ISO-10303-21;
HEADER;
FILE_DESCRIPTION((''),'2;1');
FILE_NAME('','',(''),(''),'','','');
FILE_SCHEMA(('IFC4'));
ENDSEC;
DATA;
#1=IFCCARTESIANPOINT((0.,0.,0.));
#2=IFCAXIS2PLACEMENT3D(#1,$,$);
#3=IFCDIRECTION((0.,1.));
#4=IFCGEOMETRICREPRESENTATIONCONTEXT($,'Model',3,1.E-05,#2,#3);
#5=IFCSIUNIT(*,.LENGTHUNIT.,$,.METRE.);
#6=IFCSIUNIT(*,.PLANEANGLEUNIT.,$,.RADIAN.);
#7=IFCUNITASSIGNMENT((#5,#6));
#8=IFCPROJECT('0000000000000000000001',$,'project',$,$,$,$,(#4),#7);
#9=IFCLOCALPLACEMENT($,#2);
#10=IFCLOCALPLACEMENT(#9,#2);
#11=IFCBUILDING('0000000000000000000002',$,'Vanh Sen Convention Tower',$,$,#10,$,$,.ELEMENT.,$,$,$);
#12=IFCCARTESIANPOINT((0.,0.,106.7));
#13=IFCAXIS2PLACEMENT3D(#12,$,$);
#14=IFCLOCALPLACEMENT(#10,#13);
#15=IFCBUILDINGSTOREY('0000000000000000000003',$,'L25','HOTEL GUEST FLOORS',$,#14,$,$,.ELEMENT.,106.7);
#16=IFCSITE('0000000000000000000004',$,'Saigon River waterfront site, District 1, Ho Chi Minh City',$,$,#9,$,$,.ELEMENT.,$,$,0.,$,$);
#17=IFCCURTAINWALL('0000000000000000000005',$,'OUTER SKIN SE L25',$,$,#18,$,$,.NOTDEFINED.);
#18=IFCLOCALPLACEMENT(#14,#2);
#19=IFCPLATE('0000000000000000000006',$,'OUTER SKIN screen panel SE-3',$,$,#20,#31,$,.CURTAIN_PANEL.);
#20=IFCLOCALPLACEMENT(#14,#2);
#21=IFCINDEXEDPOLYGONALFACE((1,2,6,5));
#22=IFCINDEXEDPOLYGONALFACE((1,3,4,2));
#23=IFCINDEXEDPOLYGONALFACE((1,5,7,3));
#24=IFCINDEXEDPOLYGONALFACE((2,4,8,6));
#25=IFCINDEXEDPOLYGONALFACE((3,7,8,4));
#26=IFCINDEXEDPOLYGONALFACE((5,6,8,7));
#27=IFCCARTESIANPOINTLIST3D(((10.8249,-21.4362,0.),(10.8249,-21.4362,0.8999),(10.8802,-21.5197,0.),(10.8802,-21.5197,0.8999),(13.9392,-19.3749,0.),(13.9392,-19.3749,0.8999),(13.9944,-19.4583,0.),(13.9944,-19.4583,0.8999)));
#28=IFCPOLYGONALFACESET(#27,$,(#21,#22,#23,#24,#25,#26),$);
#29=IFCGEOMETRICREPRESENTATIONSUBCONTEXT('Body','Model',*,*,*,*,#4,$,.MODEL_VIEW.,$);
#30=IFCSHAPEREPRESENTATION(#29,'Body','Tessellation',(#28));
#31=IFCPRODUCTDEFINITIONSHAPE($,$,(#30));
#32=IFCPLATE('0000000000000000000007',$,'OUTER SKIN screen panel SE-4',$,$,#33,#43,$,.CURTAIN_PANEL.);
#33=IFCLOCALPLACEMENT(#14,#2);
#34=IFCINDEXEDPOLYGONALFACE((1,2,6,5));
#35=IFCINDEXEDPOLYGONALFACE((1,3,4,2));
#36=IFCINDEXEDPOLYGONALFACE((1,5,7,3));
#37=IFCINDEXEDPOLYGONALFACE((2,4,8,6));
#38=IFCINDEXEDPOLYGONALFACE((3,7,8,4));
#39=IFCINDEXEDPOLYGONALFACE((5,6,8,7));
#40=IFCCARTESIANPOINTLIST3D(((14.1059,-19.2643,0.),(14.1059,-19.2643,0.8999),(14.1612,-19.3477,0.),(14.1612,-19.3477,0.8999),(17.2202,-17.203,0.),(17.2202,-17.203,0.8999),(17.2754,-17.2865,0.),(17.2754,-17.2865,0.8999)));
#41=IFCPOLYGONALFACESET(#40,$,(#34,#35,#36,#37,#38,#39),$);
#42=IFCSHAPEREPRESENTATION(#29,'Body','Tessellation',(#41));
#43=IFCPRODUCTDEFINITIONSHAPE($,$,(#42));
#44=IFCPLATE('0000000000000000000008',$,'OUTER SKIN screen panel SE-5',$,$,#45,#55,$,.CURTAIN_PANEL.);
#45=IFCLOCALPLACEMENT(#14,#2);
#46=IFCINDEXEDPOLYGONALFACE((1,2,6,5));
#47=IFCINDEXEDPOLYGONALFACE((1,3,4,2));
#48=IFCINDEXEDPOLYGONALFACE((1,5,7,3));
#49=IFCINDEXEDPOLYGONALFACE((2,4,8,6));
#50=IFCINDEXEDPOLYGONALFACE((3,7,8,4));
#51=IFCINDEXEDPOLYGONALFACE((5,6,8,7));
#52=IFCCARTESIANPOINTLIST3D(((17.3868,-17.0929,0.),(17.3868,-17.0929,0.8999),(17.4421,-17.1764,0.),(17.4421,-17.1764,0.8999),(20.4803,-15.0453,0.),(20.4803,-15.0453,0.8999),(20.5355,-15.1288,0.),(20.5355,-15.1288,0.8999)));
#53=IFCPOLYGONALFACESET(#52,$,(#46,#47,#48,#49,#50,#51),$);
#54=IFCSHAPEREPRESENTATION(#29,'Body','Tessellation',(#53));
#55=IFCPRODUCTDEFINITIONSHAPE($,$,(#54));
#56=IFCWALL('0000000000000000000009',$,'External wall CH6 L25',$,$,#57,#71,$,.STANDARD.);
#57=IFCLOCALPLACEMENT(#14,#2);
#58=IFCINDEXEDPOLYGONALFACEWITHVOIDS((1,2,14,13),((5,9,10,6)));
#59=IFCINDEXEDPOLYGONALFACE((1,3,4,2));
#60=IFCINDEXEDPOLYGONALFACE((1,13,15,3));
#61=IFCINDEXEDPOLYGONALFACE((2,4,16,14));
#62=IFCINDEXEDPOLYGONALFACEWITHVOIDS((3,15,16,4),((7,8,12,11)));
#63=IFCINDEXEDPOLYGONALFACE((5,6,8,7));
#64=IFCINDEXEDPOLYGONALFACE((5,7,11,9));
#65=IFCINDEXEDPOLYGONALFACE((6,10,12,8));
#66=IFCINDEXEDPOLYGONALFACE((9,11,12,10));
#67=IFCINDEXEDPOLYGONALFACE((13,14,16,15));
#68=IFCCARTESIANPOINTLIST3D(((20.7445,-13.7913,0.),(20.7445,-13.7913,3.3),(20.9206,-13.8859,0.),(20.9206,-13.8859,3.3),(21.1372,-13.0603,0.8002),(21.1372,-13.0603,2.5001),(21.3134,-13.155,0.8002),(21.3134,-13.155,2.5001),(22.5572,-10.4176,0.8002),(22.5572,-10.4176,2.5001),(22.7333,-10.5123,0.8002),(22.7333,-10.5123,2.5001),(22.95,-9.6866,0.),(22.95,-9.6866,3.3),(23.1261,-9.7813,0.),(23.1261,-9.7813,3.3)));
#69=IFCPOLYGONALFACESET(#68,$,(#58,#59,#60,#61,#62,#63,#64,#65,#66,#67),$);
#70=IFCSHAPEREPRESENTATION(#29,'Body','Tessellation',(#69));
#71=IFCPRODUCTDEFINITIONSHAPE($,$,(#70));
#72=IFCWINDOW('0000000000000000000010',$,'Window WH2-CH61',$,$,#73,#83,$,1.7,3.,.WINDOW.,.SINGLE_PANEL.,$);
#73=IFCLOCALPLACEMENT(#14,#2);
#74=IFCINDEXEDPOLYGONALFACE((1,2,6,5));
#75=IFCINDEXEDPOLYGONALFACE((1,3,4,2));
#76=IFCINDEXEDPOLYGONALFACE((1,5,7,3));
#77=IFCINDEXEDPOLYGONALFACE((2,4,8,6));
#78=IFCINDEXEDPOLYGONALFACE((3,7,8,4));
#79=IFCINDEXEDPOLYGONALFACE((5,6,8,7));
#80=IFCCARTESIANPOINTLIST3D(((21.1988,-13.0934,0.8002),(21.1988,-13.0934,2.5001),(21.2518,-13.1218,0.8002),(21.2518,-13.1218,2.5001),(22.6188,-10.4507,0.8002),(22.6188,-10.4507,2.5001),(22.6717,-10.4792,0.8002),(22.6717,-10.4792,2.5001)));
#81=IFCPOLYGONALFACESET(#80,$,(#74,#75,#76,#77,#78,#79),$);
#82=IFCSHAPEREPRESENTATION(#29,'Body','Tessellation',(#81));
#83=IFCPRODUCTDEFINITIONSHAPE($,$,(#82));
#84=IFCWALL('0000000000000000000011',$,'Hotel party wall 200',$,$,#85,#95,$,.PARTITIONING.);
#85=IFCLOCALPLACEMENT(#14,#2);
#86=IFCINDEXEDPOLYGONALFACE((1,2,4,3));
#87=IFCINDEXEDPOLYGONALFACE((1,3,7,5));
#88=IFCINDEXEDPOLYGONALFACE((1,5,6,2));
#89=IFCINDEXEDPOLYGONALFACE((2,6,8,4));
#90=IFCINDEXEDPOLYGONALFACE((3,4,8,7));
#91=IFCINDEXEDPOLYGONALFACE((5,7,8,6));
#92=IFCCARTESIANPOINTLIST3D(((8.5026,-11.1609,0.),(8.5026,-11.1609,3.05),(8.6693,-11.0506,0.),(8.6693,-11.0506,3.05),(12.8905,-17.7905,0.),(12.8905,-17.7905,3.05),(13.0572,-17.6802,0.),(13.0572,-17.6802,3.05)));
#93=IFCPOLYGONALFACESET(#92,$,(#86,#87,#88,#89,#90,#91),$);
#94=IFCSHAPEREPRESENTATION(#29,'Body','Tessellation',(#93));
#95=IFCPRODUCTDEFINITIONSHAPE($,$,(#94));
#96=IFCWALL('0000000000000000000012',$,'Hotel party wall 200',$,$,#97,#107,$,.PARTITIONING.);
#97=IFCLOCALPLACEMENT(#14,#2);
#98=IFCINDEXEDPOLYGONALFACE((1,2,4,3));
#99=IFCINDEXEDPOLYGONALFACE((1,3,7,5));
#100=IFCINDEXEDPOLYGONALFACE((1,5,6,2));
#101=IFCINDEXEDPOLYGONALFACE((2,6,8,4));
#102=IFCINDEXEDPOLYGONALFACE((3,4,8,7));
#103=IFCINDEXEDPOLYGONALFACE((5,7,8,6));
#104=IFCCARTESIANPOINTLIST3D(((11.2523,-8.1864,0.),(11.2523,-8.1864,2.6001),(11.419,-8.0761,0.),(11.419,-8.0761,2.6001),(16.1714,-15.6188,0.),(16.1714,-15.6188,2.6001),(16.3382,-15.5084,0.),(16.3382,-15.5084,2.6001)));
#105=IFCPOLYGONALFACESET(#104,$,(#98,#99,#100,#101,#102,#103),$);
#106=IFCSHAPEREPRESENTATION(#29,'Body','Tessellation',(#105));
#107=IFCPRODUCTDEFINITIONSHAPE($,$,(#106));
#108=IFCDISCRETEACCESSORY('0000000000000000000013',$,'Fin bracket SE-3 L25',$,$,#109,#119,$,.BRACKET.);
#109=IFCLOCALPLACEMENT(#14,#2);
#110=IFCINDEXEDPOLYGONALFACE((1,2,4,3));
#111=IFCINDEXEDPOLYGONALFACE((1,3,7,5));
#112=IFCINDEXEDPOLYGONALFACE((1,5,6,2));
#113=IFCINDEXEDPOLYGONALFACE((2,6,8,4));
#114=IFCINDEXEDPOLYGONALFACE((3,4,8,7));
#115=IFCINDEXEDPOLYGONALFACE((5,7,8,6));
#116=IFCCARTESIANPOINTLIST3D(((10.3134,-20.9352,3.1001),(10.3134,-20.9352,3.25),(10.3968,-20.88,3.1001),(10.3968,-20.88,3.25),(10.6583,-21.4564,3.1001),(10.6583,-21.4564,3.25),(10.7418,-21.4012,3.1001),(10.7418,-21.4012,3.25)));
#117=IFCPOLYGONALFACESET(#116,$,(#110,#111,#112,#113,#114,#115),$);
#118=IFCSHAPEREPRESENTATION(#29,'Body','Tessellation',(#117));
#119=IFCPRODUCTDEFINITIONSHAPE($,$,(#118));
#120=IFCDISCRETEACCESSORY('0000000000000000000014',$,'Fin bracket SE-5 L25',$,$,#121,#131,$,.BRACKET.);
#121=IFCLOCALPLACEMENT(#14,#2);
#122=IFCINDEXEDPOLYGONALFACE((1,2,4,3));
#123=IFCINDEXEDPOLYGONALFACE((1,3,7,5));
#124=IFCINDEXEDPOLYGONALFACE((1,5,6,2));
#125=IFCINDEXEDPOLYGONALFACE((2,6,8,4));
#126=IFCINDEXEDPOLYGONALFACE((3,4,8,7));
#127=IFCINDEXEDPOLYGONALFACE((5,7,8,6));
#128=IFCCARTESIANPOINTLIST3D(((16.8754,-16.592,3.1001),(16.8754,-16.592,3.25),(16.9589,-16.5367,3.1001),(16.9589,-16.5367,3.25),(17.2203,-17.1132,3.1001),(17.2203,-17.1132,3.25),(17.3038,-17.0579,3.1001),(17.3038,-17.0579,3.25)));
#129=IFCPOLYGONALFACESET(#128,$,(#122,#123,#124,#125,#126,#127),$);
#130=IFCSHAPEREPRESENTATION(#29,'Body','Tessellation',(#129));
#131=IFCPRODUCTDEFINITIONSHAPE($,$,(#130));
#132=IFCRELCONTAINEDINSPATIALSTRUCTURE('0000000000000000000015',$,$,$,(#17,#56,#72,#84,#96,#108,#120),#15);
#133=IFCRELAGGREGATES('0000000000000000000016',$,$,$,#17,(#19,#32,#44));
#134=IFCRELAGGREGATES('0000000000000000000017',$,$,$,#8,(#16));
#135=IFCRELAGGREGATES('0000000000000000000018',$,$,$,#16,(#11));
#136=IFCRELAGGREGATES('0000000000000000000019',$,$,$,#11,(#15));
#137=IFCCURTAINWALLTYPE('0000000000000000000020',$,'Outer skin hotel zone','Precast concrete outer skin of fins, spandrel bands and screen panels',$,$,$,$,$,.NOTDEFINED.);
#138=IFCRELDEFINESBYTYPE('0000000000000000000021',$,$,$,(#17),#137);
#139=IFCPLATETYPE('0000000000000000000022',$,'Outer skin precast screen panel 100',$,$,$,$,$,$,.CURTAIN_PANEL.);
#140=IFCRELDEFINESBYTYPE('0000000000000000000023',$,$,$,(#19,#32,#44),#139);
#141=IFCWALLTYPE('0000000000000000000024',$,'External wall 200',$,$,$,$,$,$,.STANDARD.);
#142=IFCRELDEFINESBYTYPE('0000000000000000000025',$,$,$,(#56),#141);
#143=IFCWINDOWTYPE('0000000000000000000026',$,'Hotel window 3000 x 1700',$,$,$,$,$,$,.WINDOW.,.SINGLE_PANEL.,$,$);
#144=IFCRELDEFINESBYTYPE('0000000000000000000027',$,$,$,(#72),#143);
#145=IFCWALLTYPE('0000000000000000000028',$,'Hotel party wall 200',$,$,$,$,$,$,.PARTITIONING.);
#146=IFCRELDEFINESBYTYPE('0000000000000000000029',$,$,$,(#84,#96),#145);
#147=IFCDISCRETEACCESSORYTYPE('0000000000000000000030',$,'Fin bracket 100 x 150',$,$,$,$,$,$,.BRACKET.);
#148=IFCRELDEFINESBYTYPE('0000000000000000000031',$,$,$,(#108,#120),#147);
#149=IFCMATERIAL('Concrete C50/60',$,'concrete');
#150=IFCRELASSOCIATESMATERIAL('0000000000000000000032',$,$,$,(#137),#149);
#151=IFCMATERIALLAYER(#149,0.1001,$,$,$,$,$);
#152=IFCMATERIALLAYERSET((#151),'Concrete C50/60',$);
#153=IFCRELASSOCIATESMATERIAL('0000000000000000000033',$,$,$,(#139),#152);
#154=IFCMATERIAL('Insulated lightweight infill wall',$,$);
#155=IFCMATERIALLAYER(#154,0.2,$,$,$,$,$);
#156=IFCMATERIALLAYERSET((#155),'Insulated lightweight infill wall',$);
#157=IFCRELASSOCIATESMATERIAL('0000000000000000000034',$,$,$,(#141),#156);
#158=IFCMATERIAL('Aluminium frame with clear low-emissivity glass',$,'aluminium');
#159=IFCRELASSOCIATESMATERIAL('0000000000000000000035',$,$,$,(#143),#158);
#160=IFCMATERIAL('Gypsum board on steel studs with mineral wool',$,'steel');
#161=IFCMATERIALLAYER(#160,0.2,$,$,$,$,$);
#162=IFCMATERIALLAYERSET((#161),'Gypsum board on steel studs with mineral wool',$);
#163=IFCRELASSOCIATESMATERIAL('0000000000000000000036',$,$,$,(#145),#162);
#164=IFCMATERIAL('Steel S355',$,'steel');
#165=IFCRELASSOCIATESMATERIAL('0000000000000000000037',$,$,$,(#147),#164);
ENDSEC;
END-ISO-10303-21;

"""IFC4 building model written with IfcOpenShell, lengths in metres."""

from ifc_helpers import new_model, si_unit, direction, frame, frame_2d, origin, origin_2d, place, context, subcontext, project, spatial, rectangle, extrude, material, layer, layer_set, type_object, element, fill, aggregate, save


model = new_model("IFC4")

# Units and contexts
model_context = context("Model", 3, precision=1e-05, world=origin(), true_north=direction((0.0, 1.0)))
body_context = subcontext(model_context, "Body", "Model", "MODEL_VIEW")
ifc_project = project(units=[si_unit("LENGTHUNIT", "METRE"), si_unit("PLANEANGLEUNIT", "RADIAN")], contexts=[model_context])

# Site, building, storey
site_placement = place(None, origin())
site = spatial("IfcSite", under=ifc_project, at=site_placement, Name="Saigon River waterfront site, District 1, Ho Chi Minh City", CompositionType="ELEMENT", RefElevation=0.0)
building_placement = place(site_placement, origin())
building = spatial("IfcBuilding", under=site, at=building_placement, Name="Vanh Sen Convention Tower", CompositionType="ELEMENT")
storey_placement = place(building_placement, frame((0.0, 0.0, 106.7)))
storey = spatial("IfcBuildingStorey", under=building, at=storey_placement, Name="L25", Description="HOTEL GUEST FLOORS", CompositionType="ELEMENT", Elevation=106.7)

# Curtain wall
ifc_material_1 = material(Name="Concrete C50/60", Category="concrete")
curtain_wall_type = type_object("IfcCurtainWallType", Name="Outer skin hotel zone", Description="Precast concrete outer skin of fins, spandrel bands and screen panels", PredefinedType="NOTDEFINED", material=ifc_material_1)
curtain_wall_1_placement = place(storey_placement, origin())
curtain_wall_1 = element("IfcCurtainWall", 1, at=curtain_wall_1_placement, inside=storey, type_object=curtain_wall_type, Name="OUTER SKIN SE L25", PredefinedType="NOTDEFINED")

# Plates
ifc_layer_1 = layer(ifc_material_1, 0.1001)
ifc_layer_set_1 = layer_set([ifc_layer_1], Name="Concrete C50/60")
plate_type = type_object("IfcPlateType", Name="Outer skin precast screen panel 100", PredefinedType="CURTAIN_PANEL", material=ifc_layer_set_1)
plate_1_placement = place(storey_placement, frame((12.4097, -20.4473, 0.0), z_axis=(0.0, 0.0, 1.0), x_axis=(0.83388, 0.551946, 0.0)))
plate_1 = element("IfcPlate", 2, at=plate_1_placement, type_object=plate_type, Name="OUTER SKIN screen panel SE-3", PredefinedType="CURTAIN_PANEL", context=body_context, shape_type="SweptSolid", body=[
    extrude(rectangle(XDim=3.7346, YDim=0.1001, at=origin_2d()), origin(), (0.0, 0.0, 1.0), 0.8999),
])
plate_2_placement = place(storey_placement, frame((15.6907, -18.2754, 0.0), z_axis=(0.0, 0.0, 1.0), x_axis=(0.833892, 0.551928, 0.0)))
plate_2 = element("IfcPlate", 3, at=plate_2_placement, type_object=plate_type, Name="OUTER SKIN screen panel SE-4", PredefinedType="CURTAIN_PANEL", context=body_context, shape_type="SweptSolid", body=[
    extrude(rectangle(XDim=3.7346, YDim=0.1001, at=origin_2d()), origin(), (0.0, 0.0, 1.0), 0.8999),
])
plate_3_placement = place(storey_placement, frame((18.9612, -16.1108, 0.0), z_axis=(0.0, 0.0, 1.0), x_axis=(0.83388, 0.551946, 0.0)))
plate_3 = element("IfcPlate", 4, at=plate_3_placement, type_object=plate_type, Name="OUTER SKIN screen panel SE-5", PredefinedType="CURTAIN_PANEL", context=body_context, shape_type="SweptSolid", body=[
    extrude(rectangle(XDim=3.7097, YDim=0.1001, at=origin_2d()), origin(), (0.0, 0.0, 1.0), 0.8999),
])
aggregate(curtain_wall_1, [plate_1, plate_2, plate_3])

# Wall, opening, window
ifc_material_2 = material(Name="Insulated lightweight infill wall")
ifc_layer_2 = layer(ifc_material_2, 0.2)
ifc_layer_set_2 = layer_set([ifc_layer_2], Name="Insulated lightweight infill wall")
wall_type_1 = type_object("IfcWallType", Name="External wall 200", PredefinedType="STANDARD", material=ifc_layer_set_2)
wall_1_placement = place(storey_placement, frame((20.8325, -13.8386, 0.0), z_axis=(0.0, 0.0, 1.0), x_axis=(0.473322, 0.88089, 0.0)))
wall_1 = element("IfcWall", 5, at=wall_1_placement, inside=storey, type_object=wall_type_1, Name="External wall CH6 L25", PredefinedType="STANDARD", context=body_context, shape_type="SweptSolid", body=[
    extrude(rectangle(XDim=4.6597, YDim=0.2, at=frame_2d((2.3298, 0.0))), origin(), (0.0, 0.0, 1.0), 3.3),
])
opening_placement = place(wall_1_placement, frame((0.8298, 0.0, 0.8)))
opening = element("IfcOpeningElement", 6, at=opening_placement, cuts=wall_1, PredefinedType="OPENING", context=body_context, shape_type="SweptSolid", body=[
    extrude(rectangle(XDim=3.0, YDim=1.7, at=frame_2d((1.5, 0.8501))), frame((0.0, 0.1099, 0.0), z_axis=(0.0, -1.0, 0.0), x_axis=(1.0, 0.0, 0.0)), (0.0, 0.0, 1.0), 0.22),
])
ifc_material_3 = material(Name="Aluminium frame with clear low-emissivity glass", Category="aluminium")
window_type = type_object("IfcWindowType", Name="Hotel window 3000 x 1700", PartitioningType="SINGLE_PANEL", PredefinedType="WINDOW", material=ifc_material_3)
window_placement = place(opening_placement, origin())
window = element("IfcWindow", 7, at=window_placement, inside=storey, type_object=window_type, Name="Window WH2-CH61", OverallHeight=1.7, OverallWidth=3.0, PartitioningType="SINGLE_PANEL", PredefinedType="WINDOW", context=body_context, shape_type="SweptSolid", body=[
    extrude(rectangle(XDim=3.0, YDim=1.7, at=frame_2d((1.5, 0.8501))), frame((0.0, 0.03, 0.0), z_axis=(0.0, -1.0, 0.0), x_axis=(1.0, 0.0, 0.0)), (0.0, 0.0, 1.0), 0.0601),
])
fill(opening, window)

# Walls
ifc_material_4 = material(Name="Gypsum board on steel studs with mineral wool", Category="steel")
ifc_layer_3 = layer(ifc_material_4, 0.2)
ifc_layer_set_3 = layer_set([ifc_layer_3], Name="Gypsum board on steel studs with mineral wool")
wall_type_2 = type_object("IfcWallType", Name="Hotel party wall 200", PredefinedType="PARTITIONING", material=ifc_layer_set_3)
wall_2_placement = place(storey_placement, frame((12.9739, -17.7354, 0.0), z_axis=(0.0, 0.0, 1.0), x_axis=(-0.551926, 0.833893, 0.0)))
element("IfcWall", 8, at=wall_2_placement, inside=storey, type_object=wall_type_2, Name="Hotel party wall 200", PredefinedType="PARTITIONING", context=body_context, shape_type="SweptSolid", body=[
    extrude(rectangle(XDim=7.9502, YDim=0.2, at=frame_2d((3.9751, 0.0))), origin(), (0.0, 0.0, 1.0), 3.05),
])
wall_3_placement = place(storey_placement, frame((16.2549, -15.5637, 0.0), z_axis=(0.0, 0.0, 1.0), x_axis=(-0.551922, 0.833896, 0.0)))
element("IfcWall", 9, at=wall_3_placement, inside=storey, type_object=wall_type_2, Name="Hotel party wall 200", PredefinedType="PARTITIONING", context=body_context, shape_type="SweptSolid", body=[
    extrude(rectangle(XDim=8.9128, YDim=0.2, at=frame_2d((4.4565, 0.0))), origin(), (0.0, 0.0, 1.0), 2.6001),
])

# Discrete accessories
ifc_material_5 = material(Name="Steel S355", Category="steel")
discrete_accessory_type = type_object("IfcDiscreteAccessoryType", Name="Fin bracket 100 x 150", PredefinedType="BRACKET", material=ifc_material_5)
for number, where, z_axis, x_axis, name in (
    (10, (10.5276, -21.1682, 3.1001), (0.0, 0.0, 1.0), (0.551937, -0.833886, 0.0), "Fin bracket SE-3 L25"),
    (11, (17.0896, -16.825, 3.1001), (0.0, 0.0, 1.0), (0.551937, -0.833886, 0.0), "Fin bracket SE-5 L25"),
):
    element("IfcDiscreteAccessory", number, at=place(storey_placement, frame(where, z_axis=z_axis, x_axis=x_axis)), inside=storey, type_object=discrete_accessory_type, Name=name, PredefinedType="BRACKET", context=body_context, shape_type="SweptSolid", body=[
        extrude(rectangle(XDim=0.625, YDim=0.1001, at=origin_2d()), origin(), (0.0, 0.0, 1.0), 0.1499),
    ])

save(model, "model.ifc")
